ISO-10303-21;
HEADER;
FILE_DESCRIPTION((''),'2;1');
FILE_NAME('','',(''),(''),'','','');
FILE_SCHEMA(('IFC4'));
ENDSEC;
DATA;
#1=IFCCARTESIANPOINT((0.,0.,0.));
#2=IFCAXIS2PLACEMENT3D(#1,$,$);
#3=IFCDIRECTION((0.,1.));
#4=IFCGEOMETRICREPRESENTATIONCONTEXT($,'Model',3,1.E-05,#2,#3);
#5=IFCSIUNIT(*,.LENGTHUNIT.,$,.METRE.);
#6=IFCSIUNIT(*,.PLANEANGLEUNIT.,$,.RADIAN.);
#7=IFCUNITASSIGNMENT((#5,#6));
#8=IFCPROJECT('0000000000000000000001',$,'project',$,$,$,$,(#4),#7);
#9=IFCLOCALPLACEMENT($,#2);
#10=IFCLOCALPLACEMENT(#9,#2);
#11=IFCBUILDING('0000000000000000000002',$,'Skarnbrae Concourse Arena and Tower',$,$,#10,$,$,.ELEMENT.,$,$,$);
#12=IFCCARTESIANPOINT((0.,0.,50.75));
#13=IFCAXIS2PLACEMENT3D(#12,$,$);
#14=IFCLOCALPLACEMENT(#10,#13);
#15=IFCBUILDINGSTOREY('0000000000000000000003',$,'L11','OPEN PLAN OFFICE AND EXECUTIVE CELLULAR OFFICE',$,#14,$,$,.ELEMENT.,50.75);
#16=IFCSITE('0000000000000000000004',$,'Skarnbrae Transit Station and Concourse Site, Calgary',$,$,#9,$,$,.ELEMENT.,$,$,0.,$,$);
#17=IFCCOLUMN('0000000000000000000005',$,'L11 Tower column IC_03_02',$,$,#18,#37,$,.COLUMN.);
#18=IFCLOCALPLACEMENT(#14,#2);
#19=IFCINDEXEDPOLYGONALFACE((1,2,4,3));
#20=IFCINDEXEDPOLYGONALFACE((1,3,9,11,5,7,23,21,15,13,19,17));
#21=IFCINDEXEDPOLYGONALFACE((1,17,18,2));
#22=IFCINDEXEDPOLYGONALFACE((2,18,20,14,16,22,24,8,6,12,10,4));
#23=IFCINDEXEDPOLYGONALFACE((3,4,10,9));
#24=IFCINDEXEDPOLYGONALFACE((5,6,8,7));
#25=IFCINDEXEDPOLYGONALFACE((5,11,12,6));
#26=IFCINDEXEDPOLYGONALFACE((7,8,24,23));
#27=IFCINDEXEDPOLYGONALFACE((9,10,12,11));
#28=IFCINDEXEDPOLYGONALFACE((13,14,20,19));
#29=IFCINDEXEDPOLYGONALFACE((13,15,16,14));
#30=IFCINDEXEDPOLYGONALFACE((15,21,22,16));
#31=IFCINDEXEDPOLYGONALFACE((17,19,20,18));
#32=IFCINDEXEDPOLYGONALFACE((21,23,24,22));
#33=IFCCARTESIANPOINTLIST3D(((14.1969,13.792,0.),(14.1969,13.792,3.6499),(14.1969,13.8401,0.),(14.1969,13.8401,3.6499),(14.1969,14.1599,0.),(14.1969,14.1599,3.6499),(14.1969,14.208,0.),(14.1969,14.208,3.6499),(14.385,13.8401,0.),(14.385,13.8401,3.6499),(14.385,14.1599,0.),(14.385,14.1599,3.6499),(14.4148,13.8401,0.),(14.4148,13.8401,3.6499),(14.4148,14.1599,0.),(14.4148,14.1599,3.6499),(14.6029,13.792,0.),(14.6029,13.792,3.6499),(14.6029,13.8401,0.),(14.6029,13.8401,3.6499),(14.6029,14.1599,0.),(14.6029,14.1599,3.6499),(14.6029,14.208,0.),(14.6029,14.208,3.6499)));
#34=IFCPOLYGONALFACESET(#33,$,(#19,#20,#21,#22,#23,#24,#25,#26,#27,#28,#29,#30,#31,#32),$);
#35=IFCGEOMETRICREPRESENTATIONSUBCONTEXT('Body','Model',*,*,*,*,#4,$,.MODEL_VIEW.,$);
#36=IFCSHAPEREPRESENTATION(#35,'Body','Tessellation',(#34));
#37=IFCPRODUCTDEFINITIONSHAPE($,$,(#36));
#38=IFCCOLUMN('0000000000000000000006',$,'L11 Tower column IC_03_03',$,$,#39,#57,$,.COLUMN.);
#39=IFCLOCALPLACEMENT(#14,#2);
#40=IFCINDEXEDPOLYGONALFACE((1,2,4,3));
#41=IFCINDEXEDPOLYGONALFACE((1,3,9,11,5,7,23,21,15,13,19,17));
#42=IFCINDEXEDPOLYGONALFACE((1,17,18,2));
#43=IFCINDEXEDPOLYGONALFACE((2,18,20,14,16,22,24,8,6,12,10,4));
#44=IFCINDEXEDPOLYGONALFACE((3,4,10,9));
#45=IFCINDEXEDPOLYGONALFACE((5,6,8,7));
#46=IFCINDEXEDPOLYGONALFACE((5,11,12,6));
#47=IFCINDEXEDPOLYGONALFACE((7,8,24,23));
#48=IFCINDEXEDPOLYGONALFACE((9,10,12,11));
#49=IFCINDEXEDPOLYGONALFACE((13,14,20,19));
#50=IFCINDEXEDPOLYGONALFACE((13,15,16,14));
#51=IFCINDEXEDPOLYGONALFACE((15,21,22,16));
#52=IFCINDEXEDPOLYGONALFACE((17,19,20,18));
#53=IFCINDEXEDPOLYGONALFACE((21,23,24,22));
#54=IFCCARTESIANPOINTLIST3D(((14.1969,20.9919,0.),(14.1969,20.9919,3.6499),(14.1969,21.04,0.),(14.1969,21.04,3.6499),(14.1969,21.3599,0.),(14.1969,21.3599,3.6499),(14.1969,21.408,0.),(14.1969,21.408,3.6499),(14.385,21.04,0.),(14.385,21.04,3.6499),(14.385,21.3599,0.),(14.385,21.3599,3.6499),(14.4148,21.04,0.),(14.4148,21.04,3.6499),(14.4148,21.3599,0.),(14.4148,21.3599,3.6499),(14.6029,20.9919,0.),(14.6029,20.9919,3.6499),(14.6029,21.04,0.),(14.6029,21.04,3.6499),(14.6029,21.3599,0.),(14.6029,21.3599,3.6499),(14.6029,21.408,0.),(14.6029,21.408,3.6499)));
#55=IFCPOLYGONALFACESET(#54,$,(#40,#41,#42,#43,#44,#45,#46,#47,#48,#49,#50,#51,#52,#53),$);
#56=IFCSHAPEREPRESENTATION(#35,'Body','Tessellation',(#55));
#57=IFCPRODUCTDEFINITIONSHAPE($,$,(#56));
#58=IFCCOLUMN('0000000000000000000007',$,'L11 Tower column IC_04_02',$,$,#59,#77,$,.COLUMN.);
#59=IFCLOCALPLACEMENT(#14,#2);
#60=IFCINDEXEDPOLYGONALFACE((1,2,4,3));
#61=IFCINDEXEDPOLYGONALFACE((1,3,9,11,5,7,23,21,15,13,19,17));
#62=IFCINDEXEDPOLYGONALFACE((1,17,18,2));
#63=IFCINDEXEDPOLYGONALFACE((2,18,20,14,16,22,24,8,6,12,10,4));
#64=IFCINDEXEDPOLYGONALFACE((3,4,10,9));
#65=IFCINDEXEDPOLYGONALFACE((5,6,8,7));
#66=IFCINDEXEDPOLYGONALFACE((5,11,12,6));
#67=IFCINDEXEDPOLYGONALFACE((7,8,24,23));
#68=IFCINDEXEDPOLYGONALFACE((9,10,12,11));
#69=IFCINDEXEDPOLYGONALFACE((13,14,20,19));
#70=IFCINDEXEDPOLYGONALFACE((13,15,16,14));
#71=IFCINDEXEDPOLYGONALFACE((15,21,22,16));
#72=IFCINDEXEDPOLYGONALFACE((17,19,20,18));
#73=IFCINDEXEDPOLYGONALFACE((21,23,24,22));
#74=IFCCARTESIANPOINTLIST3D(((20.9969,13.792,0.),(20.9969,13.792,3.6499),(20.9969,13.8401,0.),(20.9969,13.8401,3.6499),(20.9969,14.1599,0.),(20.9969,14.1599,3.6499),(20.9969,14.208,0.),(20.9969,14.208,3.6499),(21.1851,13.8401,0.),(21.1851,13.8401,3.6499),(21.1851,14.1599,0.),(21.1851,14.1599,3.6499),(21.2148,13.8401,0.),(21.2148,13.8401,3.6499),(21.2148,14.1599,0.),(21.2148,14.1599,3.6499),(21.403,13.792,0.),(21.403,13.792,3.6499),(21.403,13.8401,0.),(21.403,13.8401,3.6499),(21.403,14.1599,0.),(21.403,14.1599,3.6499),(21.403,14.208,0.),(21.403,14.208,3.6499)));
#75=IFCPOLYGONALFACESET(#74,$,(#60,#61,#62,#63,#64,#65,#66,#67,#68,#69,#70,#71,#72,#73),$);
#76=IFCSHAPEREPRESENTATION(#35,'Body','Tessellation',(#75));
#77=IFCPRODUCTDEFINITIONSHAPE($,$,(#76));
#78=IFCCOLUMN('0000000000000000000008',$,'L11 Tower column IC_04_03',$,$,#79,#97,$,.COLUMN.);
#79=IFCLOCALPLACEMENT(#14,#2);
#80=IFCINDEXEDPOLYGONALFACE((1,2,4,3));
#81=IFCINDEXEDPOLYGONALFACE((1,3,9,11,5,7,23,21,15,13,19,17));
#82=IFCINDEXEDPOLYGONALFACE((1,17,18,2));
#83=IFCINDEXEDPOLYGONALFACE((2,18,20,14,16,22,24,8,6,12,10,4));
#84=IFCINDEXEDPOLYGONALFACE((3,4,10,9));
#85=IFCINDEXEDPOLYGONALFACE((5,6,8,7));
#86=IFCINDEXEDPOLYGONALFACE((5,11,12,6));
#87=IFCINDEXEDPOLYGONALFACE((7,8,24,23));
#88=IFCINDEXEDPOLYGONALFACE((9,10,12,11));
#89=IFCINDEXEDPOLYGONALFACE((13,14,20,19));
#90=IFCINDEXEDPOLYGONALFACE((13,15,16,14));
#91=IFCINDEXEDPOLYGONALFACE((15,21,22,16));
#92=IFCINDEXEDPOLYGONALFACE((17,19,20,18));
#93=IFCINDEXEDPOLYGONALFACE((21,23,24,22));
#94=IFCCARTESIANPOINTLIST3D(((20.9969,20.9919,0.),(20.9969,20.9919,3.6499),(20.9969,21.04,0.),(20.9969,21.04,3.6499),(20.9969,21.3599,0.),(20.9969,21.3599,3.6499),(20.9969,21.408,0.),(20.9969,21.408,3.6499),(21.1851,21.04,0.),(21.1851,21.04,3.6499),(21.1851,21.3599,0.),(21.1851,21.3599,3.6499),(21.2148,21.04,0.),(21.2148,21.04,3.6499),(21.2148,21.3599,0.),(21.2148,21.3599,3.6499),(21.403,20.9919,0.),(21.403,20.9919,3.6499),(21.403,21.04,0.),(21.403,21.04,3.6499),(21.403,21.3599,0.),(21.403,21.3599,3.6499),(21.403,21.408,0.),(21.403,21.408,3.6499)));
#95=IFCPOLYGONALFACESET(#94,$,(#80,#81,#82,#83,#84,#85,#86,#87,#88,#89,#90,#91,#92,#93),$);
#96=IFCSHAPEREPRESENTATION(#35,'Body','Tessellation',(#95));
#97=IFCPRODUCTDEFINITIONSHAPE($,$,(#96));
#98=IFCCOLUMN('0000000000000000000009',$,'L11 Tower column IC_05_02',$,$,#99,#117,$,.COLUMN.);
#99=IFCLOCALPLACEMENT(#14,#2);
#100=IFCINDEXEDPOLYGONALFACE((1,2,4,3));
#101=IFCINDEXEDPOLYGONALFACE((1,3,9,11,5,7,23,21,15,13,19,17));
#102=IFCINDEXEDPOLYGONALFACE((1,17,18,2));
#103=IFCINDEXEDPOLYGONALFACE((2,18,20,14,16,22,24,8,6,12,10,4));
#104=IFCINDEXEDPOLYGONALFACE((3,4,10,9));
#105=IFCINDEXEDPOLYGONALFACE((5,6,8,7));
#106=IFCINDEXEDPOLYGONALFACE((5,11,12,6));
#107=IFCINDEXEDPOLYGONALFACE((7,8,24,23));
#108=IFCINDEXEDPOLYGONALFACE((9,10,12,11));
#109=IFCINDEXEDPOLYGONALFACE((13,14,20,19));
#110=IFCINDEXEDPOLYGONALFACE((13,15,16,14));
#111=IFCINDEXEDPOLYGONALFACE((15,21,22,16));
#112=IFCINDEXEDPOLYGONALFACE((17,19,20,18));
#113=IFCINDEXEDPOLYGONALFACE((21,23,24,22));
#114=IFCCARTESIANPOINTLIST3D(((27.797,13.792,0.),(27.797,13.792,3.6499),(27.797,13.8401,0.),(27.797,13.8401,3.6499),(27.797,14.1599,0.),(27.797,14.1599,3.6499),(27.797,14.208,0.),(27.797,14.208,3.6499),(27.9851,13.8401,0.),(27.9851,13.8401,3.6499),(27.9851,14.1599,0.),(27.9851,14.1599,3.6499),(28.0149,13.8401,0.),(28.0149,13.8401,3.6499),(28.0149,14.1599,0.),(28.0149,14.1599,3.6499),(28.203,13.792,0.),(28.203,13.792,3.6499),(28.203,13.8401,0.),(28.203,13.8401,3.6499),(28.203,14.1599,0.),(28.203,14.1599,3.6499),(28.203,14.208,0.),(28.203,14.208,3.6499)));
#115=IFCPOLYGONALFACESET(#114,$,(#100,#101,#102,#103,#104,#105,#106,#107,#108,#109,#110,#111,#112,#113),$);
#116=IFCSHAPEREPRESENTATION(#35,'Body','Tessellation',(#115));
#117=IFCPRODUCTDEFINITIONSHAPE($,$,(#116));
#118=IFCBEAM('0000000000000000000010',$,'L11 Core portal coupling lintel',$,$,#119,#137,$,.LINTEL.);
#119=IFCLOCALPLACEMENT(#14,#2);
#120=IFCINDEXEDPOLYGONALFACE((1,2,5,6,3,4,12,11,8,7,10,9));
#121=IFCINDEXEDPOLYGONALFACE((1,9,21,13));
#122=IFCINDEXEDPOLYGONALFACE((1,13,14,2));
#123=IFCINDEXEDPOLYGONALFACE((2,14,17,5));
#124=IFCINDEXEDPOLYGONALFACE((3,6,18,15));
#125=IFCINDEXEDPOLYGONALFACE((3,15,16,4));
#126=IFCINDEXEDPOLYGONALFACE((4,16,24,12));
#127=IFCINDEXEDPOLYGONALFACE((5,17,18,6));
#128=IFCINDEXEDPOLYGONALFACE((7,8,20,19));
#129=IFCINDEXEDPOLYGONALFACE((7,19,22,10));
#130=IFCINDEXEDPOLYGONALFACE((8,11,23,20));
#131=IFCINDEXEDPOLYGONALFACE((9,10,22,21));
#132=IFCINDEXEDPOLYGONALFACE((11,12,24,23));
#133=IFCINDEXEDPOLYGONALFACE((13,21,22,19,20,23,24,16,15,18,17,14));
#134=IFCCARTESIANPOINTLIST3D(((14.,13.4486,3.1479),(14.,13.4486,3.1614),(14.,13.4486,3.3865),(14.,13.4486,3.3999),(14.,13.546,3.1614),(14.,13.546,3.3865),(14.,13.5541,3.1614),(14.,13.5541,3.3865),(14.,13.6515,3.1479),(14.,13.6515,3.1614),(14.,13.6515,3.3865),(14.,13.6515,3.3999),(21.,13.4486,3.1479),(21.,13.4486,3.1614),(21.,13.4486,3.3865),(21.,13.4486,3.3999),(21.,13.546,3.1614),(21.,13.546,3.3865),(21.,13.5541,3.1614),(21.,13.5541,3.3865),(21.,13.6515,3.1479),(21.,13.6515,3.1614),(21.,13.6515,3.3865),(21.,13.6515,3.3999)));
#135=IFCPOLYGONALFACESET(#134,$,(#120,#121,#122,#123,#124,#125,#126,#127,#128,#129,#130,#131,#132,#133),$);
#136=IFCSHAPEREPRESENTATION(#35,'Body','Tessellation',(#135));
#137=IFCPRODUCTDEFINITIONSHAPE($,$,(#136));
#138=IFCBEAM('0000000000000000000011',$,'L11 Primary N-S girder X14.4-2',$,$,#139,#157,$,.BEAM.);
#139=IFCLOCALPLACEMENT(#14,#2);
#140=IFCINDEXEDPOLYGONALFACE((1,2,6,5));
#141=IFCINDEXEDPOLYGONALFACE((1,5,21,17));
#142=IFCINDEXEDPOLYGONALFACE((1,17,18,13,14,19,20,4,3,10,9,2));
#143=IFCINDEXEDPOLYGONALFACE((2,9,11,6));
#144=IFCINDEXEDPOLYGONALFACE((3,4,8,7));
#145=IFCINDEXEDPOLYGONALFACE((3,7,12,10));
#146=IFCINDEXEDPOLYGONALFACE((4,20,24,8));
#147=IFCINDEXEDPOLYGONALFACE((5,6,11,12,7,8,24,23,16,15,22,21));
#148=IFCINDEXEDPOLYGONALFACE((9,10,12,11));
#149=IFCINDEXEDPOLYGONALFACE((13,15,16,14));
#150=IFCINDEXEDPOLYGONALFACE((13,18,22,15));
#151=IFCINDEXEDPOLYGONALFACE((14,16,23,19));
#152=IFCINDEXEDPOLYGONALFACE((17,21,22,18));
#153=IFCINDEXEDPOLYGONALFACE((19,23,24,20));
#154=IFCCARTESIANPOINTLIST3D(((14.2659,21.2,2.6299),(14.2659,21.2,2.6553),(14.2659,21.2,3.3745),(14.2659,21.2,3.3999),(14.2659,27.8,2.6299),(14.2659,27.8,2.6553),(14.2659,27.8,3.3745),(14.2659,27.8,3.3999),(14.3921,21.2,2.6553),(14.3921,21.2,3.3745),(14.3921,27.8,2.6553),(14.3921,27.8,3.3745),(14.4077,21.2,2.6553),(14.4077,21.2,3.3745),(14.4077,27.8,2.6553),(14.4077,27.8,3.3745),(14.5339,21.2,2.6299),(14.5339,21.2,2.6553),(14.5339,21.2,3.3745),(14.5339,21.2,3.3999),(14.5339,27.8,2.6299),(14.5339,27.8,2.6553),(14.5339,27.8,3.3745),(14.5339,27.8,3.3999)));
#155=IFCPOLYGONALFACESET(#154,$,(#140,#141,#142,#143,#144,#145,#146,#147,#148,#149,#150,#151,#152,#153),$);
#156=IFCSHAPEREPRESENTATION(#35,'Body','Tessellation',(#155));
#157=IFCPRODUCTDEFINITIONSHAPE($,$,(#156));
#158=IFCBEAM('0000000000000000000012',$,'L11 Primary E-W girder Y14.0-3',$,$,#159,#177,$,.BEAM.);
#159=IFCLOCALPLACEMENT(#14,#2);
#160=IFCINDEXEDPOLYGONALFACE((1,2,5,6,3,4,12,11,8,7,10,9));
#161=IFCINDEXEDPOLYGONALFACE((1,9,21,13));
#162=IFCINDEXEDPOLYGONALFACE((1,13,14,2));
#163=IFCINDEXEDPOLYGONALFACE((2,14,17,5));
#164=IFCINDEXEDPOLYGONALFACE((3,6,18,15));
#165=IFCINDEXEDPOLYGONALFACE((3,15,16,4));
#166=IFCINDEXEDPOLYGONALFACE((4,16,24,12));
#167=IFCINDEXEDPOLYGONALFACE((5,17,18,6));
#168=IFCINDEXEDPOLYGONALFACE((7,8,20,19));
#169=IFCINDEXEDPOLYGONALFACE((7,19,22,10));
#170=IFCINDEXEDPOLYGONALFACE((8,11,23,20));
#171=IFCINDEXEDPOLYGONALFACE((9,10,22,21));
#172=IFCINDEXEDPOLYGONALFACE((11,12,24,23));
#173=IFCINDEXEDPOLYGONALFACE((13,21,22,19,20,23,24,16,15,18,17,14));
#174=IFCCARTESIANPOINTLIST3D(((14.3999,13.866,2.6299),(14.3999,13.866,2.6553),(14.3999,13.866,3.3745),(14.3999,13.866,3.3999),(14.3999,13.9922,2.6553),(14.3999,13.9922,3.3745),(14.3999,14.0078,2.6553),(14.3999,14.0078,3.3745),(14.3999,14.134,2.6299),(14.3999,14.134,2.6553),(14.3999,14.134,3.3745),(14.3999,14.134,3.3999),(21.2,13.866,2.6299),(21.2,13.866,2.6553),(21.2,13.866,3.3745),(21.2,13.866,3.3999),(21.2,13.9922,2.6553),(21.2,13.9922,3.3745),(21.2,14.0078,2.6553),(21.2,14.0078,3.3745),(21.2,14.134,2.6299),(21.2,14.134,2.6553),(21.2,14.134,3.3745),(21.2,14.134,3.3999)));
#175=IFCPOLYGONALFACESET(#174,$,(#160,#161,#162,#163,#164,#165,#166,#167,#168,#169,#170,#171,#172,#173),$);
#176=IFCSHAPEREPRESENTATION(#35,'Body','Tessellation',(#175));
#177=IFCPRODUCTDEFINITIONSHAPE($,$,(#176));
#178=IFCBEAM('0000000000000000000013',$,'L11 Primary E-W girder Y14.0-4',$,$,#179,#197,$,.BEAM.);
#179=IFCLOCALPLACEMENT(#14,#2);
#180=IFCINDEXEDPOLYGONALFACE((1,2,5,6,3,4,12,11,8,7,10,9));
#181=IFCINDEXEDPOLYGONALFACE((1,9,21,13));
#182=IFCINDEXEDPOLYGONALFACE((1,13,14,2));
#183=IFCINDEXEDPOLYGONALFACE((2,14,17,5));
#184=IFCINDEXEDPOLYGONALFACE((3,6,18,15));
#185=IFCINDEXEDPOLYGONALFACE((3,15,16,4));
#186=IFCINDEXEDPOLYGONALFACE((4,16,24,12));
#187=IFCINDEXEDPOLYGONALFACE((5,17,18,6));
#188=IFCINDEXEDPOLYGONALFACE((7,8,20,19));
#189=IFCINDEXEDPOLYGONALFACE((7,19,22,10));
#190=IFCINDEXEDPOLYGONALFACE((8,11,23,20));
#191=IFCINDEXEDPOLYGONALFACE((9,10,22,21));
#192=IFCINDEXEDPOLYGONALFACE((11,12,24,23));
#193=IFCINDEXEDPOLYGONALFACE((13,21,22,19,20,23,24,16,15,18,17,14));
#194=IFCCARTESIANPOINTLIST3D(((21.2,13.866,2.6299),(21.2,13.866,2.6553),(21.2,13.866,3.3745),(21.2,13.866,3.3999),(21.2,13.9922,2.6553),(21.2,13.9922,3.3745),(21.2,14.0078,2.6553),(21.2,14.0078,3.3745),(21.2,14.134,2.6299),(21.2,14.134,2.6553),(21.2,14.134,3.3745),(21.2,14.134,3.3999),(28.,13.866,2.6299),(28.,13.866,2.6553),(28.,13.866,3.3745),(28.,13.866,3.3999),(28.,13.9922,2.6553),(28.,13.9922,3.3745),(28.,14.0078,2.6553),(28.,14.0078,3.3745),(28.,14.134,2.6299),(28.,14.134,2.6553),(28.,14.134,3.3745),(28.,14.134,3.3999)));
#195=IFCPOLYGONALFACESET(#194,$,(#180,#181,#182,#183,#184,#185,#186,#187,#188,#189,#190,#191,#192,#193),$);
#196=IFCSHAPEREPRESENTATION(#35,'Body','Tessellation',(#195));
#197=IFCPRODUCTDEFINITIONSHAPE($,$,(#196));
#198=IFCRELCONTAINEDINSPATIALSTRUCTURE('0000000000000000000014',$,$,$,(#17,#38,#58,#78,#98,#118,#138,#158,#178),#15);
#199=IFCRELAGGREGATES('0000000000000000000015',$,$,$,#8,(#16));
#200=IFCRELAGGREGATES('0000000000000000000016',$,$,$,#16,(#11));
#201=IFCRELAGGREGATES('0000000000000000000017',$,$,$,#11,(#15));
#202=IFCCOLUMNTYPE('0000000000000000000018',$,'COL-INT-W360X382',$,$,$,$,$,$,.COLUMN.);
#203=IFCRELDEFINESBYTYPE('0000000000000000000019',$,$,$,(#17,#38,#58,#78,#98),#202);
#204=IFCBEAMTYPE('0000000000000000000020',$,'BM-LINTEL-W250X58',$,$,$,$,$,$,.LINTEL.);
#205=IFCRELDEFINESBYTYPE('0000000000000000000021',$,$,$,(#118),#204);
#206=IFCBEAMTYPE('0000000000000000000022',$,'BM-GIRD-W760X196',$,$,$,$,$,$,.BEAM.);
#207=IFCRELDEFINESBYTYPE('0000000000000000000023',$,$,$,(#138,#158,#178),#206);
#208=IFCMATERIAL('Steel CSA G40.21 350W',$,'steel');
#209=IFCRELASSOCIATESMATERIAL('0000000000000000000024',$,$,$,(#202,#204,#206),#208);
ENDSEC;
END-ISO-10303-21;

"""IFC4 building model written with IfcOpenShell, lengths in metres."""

from ifc_helpers import new_model, si_unit, direction, frame, origin, origin_2d, place, context, subcontext, project, spatial, i_section, extrude, source, transform, mapped, material, material_profile, profile_set, type_object, element, save


model = new_model("IFC4")

# Units and contexts
model_context = context("Model", 3, precision=1e-05, world=origin(), true_north=direction((0.0, 1.0)))
body_context = subcontext(model_context, "Body", "Model", "MODEL_VIEW")
ifc_project = project(units=[si_unit("LENGTHUNIT", "METRE"), si_unit("PLANEANGLEUNIT", "RADIAN")], contexts=[model_context])

# Site, building, storey
site_placement = place(None, origin())
site = spatial("IfcSite", under=ifc_project, at=site_placement, Name="Skarnbrae Transit Station and Concourse Site, Calgary", CompositionType="ELEMENT", RefElevation=0.0)
building_placement = place(site_placement, origin())
building = spatial("IfcBuilding", under=site, at=building_placement, Name="Skarnbrae Concourse Arena and Tower", CompositionType="ELEMENT")
storey_placement = place(building_placement, frame((0.0, 0.0, 50.75)))
storey = spatial("IfcBuildingStorey", under=building, at=storey_placement, Name="L11", Description="OPEN PLAN OFFICE AND EXECUTIVE CELLULAR OFFICE", CompositionType="ELEMENT", Elevation=50.75)

# Columns
ifc_material_1 = material(Name="Steel CSA G40.21 350W", Category="steel")
ifc_material_profile_1 = material_profile(ifc_material_1, i_section(OverallWidth=0.406, OverallDepth=0.416, WebThickness=0.0298, FlangeThickness=0.0481, at=origin_2d()), Name="W360X382")
ifc_profile_set_1 = profile_set([ifc_material_profile_1], Name="Steel CSA G40.21 350W")
column_type = type_object("IfcColumnType", Name="COL-INT-W360X382", PredefinedType="COLUMN", material=ifc_profile_set_1)
shared_shape_1 = source(origin(), body_context, "Body", "SweptSolid", [
    extrude(i_section(OverallWidth=0.406, OverallDepth=0.416, WebThickness=0.0298, FlangeThickness=0.0481, at=origin_2d()), origin(), (0.0, 0.0, 1.0), 3.6499),
])
for number, where, z_axis, x_axis, name in (
    (1, (14.3999, 14.0, 0.0), (0.0, 0.0, 1.0), (1.0, 0.0, 0.0), "L11 Tower column IC_03_02"),
    (2, (14.3999, 21.2, 0.0), (0.0, 0.0, 1.0), (1.0, 0.0, 0.0), "L11 Tower column IC_03_03"),
    (3, (21.2, 14.0, 0.0), (0.0, 0.0, 1.0), (1.0, 0.0, 0.0), "L11 Tower column IC_04_02"),
    (4, (21.2, 21.2, 0.0), (0.0, 0.0, 1.0), (1.0, 0.0, 0.0), "L11 Tower column IC_04_03"),
    (5, (28.0, 14.0, 0.0), (0.0, 0.0, 1.0), (1.0, 0.0, 0.0), "L11 Tower column IC_05_02"),
):
    element("IfcColumn", number, at=place(storey_placement, frame(where, z_axis=z_axis, x_axis=x_axis)), inside=storey, type_object=column_type, Name=name, PredefinedType="COLUMN", context=body_context, shape_type="MappedRepresentation", body=[
        mapped(shared_shape_1, transform((0.0, 0.0, 0.0))),
    ])

# Beams
ifc_material_profile_2 = material_profile(ifc_material_1, i_section(OverallWidth=0.2029, OverallDepth=0.252, WebThickness=0.0081, FlangeThickness=0.0134, at=origin_2d()), Name="W250X58")
ifc_profile_set_2 = profile_set([ifc_material_profile_2], Name="Steel CSA G40.21 350W")
beam_type_1 = type_object("IfcBeamType", Name="BM-LINTEL-W250X58", PredefinedType="LINTEL", material=ifc_profile_set_2)
shared_shape_2 = source(origin(), body_context, "Body", "SweptSolid", [
    extrude(i_section(OverallWidth=0.2029, OverallDepth=0.252, WebThickness=0.0081, FlangeThickness=0.0134, at=origin_2d()), origin(), (0.0, 0.0, 1.0), 7.0),
])
beam_1_placement = place(storey_placement, frame((14.0, 13.55, 3.2739), z_axis=(1.0, 0.0, 0.0), x_axis=(0.0, 1.0, 0.0)))
element("IfcBeam", 6, at=beam_1_placement, inside=storey, type_object=beam_type_1, Name="L11 Core portal coupling lintel", PredefinedType="LINTEL", context=body_context, shape_type="MappedRepresentation", body=[
    mapped(shared_shape_2, transform((0.0, 0.0, 0.0))),
])
ifc_material_profile_3 = material_profile(ifc_material_1, i_section(OverallWidth=0.2681, OverallDepth=0.77, WebThickness=0.0156, FlangeThickness=0.0254, at=origin_2d()), Name="W760X196")
ifc_profile_set_3 = profile_set([ifc_material_profile_3], Name="Steel CSA G40.21 350W")
beam_type_2 = type_object("IfcBeamType", Name="BM-GIRD-W760X196", PredefinedType="BEAM", material=ifc_profile_set_3)
shared_shape_3 = source(origin(), body_context, "Body", "SweptSolid", [
    extrude(i_section(OverallWidth=0.2681, OverallDepth=0.77, WebThickness=0.0156, FlangeThickness=0.0254, at=origin_2d()), origin(), (0.0, 0.0, 1.0), 6.6001),
])
beam_2_placement = place(storey_placement, frame((14.3999, 21.2, 3.0149), z_axis=(0.0, 1.0, 0.0), x_axis=(-1.0, 0.0, 0.0)))
element("IfcBeam", 7, at=beam_2_placement, inside=storey, type_object=beam_type_2, Name="L11 Primary N-S girder X14.4-2", PredefinedType="BEAM", context=body_context, shape_type="MappedRepresentation", body=[
    mapped(shared_shape_3, transform((0.0, 0.0, 0.0))),
])
shared_shape_4 = source(origin(), body_context, "Body", "SweptSolid", [
    extrude(i_section(OverallWidth=0.2681, OverallDepth=0.77, WebThickness=0.0156, FlangeThickness=0.0254, at=origin_2d()), origin(), (0.0, 0.0, 1.0), 6.8),
])
for number, where, z_axis, x_axis, name in (
    (8, (14.3999, 14.0, 3.0149), (1.0, 0.0, 0.0), (0.0, 1.0, 0.0), "L11 Primary E-W girder Y14.0-3"),
    (9, (21.2, 14.0, 3.0149), (1.0, 0.0, 0.0), (0.0, 1.0, 0.0), "L11 Primary E-W girder Y14.0-4"),
):
    element("IfcBeam", number, at=place(storey_placement, frame(where, z_axis=z_axis, x_axis=x_axis)), inside=storey, type_object=beam_type_2, Name=name, PredefinedType="BEAM", context=body_context, shape_type="MappedRepresentation", body=[
        mapped(shared_shape_4, transform((0.0, 0.0, 0.0))),
    ])

save(model, "model.ifc")
